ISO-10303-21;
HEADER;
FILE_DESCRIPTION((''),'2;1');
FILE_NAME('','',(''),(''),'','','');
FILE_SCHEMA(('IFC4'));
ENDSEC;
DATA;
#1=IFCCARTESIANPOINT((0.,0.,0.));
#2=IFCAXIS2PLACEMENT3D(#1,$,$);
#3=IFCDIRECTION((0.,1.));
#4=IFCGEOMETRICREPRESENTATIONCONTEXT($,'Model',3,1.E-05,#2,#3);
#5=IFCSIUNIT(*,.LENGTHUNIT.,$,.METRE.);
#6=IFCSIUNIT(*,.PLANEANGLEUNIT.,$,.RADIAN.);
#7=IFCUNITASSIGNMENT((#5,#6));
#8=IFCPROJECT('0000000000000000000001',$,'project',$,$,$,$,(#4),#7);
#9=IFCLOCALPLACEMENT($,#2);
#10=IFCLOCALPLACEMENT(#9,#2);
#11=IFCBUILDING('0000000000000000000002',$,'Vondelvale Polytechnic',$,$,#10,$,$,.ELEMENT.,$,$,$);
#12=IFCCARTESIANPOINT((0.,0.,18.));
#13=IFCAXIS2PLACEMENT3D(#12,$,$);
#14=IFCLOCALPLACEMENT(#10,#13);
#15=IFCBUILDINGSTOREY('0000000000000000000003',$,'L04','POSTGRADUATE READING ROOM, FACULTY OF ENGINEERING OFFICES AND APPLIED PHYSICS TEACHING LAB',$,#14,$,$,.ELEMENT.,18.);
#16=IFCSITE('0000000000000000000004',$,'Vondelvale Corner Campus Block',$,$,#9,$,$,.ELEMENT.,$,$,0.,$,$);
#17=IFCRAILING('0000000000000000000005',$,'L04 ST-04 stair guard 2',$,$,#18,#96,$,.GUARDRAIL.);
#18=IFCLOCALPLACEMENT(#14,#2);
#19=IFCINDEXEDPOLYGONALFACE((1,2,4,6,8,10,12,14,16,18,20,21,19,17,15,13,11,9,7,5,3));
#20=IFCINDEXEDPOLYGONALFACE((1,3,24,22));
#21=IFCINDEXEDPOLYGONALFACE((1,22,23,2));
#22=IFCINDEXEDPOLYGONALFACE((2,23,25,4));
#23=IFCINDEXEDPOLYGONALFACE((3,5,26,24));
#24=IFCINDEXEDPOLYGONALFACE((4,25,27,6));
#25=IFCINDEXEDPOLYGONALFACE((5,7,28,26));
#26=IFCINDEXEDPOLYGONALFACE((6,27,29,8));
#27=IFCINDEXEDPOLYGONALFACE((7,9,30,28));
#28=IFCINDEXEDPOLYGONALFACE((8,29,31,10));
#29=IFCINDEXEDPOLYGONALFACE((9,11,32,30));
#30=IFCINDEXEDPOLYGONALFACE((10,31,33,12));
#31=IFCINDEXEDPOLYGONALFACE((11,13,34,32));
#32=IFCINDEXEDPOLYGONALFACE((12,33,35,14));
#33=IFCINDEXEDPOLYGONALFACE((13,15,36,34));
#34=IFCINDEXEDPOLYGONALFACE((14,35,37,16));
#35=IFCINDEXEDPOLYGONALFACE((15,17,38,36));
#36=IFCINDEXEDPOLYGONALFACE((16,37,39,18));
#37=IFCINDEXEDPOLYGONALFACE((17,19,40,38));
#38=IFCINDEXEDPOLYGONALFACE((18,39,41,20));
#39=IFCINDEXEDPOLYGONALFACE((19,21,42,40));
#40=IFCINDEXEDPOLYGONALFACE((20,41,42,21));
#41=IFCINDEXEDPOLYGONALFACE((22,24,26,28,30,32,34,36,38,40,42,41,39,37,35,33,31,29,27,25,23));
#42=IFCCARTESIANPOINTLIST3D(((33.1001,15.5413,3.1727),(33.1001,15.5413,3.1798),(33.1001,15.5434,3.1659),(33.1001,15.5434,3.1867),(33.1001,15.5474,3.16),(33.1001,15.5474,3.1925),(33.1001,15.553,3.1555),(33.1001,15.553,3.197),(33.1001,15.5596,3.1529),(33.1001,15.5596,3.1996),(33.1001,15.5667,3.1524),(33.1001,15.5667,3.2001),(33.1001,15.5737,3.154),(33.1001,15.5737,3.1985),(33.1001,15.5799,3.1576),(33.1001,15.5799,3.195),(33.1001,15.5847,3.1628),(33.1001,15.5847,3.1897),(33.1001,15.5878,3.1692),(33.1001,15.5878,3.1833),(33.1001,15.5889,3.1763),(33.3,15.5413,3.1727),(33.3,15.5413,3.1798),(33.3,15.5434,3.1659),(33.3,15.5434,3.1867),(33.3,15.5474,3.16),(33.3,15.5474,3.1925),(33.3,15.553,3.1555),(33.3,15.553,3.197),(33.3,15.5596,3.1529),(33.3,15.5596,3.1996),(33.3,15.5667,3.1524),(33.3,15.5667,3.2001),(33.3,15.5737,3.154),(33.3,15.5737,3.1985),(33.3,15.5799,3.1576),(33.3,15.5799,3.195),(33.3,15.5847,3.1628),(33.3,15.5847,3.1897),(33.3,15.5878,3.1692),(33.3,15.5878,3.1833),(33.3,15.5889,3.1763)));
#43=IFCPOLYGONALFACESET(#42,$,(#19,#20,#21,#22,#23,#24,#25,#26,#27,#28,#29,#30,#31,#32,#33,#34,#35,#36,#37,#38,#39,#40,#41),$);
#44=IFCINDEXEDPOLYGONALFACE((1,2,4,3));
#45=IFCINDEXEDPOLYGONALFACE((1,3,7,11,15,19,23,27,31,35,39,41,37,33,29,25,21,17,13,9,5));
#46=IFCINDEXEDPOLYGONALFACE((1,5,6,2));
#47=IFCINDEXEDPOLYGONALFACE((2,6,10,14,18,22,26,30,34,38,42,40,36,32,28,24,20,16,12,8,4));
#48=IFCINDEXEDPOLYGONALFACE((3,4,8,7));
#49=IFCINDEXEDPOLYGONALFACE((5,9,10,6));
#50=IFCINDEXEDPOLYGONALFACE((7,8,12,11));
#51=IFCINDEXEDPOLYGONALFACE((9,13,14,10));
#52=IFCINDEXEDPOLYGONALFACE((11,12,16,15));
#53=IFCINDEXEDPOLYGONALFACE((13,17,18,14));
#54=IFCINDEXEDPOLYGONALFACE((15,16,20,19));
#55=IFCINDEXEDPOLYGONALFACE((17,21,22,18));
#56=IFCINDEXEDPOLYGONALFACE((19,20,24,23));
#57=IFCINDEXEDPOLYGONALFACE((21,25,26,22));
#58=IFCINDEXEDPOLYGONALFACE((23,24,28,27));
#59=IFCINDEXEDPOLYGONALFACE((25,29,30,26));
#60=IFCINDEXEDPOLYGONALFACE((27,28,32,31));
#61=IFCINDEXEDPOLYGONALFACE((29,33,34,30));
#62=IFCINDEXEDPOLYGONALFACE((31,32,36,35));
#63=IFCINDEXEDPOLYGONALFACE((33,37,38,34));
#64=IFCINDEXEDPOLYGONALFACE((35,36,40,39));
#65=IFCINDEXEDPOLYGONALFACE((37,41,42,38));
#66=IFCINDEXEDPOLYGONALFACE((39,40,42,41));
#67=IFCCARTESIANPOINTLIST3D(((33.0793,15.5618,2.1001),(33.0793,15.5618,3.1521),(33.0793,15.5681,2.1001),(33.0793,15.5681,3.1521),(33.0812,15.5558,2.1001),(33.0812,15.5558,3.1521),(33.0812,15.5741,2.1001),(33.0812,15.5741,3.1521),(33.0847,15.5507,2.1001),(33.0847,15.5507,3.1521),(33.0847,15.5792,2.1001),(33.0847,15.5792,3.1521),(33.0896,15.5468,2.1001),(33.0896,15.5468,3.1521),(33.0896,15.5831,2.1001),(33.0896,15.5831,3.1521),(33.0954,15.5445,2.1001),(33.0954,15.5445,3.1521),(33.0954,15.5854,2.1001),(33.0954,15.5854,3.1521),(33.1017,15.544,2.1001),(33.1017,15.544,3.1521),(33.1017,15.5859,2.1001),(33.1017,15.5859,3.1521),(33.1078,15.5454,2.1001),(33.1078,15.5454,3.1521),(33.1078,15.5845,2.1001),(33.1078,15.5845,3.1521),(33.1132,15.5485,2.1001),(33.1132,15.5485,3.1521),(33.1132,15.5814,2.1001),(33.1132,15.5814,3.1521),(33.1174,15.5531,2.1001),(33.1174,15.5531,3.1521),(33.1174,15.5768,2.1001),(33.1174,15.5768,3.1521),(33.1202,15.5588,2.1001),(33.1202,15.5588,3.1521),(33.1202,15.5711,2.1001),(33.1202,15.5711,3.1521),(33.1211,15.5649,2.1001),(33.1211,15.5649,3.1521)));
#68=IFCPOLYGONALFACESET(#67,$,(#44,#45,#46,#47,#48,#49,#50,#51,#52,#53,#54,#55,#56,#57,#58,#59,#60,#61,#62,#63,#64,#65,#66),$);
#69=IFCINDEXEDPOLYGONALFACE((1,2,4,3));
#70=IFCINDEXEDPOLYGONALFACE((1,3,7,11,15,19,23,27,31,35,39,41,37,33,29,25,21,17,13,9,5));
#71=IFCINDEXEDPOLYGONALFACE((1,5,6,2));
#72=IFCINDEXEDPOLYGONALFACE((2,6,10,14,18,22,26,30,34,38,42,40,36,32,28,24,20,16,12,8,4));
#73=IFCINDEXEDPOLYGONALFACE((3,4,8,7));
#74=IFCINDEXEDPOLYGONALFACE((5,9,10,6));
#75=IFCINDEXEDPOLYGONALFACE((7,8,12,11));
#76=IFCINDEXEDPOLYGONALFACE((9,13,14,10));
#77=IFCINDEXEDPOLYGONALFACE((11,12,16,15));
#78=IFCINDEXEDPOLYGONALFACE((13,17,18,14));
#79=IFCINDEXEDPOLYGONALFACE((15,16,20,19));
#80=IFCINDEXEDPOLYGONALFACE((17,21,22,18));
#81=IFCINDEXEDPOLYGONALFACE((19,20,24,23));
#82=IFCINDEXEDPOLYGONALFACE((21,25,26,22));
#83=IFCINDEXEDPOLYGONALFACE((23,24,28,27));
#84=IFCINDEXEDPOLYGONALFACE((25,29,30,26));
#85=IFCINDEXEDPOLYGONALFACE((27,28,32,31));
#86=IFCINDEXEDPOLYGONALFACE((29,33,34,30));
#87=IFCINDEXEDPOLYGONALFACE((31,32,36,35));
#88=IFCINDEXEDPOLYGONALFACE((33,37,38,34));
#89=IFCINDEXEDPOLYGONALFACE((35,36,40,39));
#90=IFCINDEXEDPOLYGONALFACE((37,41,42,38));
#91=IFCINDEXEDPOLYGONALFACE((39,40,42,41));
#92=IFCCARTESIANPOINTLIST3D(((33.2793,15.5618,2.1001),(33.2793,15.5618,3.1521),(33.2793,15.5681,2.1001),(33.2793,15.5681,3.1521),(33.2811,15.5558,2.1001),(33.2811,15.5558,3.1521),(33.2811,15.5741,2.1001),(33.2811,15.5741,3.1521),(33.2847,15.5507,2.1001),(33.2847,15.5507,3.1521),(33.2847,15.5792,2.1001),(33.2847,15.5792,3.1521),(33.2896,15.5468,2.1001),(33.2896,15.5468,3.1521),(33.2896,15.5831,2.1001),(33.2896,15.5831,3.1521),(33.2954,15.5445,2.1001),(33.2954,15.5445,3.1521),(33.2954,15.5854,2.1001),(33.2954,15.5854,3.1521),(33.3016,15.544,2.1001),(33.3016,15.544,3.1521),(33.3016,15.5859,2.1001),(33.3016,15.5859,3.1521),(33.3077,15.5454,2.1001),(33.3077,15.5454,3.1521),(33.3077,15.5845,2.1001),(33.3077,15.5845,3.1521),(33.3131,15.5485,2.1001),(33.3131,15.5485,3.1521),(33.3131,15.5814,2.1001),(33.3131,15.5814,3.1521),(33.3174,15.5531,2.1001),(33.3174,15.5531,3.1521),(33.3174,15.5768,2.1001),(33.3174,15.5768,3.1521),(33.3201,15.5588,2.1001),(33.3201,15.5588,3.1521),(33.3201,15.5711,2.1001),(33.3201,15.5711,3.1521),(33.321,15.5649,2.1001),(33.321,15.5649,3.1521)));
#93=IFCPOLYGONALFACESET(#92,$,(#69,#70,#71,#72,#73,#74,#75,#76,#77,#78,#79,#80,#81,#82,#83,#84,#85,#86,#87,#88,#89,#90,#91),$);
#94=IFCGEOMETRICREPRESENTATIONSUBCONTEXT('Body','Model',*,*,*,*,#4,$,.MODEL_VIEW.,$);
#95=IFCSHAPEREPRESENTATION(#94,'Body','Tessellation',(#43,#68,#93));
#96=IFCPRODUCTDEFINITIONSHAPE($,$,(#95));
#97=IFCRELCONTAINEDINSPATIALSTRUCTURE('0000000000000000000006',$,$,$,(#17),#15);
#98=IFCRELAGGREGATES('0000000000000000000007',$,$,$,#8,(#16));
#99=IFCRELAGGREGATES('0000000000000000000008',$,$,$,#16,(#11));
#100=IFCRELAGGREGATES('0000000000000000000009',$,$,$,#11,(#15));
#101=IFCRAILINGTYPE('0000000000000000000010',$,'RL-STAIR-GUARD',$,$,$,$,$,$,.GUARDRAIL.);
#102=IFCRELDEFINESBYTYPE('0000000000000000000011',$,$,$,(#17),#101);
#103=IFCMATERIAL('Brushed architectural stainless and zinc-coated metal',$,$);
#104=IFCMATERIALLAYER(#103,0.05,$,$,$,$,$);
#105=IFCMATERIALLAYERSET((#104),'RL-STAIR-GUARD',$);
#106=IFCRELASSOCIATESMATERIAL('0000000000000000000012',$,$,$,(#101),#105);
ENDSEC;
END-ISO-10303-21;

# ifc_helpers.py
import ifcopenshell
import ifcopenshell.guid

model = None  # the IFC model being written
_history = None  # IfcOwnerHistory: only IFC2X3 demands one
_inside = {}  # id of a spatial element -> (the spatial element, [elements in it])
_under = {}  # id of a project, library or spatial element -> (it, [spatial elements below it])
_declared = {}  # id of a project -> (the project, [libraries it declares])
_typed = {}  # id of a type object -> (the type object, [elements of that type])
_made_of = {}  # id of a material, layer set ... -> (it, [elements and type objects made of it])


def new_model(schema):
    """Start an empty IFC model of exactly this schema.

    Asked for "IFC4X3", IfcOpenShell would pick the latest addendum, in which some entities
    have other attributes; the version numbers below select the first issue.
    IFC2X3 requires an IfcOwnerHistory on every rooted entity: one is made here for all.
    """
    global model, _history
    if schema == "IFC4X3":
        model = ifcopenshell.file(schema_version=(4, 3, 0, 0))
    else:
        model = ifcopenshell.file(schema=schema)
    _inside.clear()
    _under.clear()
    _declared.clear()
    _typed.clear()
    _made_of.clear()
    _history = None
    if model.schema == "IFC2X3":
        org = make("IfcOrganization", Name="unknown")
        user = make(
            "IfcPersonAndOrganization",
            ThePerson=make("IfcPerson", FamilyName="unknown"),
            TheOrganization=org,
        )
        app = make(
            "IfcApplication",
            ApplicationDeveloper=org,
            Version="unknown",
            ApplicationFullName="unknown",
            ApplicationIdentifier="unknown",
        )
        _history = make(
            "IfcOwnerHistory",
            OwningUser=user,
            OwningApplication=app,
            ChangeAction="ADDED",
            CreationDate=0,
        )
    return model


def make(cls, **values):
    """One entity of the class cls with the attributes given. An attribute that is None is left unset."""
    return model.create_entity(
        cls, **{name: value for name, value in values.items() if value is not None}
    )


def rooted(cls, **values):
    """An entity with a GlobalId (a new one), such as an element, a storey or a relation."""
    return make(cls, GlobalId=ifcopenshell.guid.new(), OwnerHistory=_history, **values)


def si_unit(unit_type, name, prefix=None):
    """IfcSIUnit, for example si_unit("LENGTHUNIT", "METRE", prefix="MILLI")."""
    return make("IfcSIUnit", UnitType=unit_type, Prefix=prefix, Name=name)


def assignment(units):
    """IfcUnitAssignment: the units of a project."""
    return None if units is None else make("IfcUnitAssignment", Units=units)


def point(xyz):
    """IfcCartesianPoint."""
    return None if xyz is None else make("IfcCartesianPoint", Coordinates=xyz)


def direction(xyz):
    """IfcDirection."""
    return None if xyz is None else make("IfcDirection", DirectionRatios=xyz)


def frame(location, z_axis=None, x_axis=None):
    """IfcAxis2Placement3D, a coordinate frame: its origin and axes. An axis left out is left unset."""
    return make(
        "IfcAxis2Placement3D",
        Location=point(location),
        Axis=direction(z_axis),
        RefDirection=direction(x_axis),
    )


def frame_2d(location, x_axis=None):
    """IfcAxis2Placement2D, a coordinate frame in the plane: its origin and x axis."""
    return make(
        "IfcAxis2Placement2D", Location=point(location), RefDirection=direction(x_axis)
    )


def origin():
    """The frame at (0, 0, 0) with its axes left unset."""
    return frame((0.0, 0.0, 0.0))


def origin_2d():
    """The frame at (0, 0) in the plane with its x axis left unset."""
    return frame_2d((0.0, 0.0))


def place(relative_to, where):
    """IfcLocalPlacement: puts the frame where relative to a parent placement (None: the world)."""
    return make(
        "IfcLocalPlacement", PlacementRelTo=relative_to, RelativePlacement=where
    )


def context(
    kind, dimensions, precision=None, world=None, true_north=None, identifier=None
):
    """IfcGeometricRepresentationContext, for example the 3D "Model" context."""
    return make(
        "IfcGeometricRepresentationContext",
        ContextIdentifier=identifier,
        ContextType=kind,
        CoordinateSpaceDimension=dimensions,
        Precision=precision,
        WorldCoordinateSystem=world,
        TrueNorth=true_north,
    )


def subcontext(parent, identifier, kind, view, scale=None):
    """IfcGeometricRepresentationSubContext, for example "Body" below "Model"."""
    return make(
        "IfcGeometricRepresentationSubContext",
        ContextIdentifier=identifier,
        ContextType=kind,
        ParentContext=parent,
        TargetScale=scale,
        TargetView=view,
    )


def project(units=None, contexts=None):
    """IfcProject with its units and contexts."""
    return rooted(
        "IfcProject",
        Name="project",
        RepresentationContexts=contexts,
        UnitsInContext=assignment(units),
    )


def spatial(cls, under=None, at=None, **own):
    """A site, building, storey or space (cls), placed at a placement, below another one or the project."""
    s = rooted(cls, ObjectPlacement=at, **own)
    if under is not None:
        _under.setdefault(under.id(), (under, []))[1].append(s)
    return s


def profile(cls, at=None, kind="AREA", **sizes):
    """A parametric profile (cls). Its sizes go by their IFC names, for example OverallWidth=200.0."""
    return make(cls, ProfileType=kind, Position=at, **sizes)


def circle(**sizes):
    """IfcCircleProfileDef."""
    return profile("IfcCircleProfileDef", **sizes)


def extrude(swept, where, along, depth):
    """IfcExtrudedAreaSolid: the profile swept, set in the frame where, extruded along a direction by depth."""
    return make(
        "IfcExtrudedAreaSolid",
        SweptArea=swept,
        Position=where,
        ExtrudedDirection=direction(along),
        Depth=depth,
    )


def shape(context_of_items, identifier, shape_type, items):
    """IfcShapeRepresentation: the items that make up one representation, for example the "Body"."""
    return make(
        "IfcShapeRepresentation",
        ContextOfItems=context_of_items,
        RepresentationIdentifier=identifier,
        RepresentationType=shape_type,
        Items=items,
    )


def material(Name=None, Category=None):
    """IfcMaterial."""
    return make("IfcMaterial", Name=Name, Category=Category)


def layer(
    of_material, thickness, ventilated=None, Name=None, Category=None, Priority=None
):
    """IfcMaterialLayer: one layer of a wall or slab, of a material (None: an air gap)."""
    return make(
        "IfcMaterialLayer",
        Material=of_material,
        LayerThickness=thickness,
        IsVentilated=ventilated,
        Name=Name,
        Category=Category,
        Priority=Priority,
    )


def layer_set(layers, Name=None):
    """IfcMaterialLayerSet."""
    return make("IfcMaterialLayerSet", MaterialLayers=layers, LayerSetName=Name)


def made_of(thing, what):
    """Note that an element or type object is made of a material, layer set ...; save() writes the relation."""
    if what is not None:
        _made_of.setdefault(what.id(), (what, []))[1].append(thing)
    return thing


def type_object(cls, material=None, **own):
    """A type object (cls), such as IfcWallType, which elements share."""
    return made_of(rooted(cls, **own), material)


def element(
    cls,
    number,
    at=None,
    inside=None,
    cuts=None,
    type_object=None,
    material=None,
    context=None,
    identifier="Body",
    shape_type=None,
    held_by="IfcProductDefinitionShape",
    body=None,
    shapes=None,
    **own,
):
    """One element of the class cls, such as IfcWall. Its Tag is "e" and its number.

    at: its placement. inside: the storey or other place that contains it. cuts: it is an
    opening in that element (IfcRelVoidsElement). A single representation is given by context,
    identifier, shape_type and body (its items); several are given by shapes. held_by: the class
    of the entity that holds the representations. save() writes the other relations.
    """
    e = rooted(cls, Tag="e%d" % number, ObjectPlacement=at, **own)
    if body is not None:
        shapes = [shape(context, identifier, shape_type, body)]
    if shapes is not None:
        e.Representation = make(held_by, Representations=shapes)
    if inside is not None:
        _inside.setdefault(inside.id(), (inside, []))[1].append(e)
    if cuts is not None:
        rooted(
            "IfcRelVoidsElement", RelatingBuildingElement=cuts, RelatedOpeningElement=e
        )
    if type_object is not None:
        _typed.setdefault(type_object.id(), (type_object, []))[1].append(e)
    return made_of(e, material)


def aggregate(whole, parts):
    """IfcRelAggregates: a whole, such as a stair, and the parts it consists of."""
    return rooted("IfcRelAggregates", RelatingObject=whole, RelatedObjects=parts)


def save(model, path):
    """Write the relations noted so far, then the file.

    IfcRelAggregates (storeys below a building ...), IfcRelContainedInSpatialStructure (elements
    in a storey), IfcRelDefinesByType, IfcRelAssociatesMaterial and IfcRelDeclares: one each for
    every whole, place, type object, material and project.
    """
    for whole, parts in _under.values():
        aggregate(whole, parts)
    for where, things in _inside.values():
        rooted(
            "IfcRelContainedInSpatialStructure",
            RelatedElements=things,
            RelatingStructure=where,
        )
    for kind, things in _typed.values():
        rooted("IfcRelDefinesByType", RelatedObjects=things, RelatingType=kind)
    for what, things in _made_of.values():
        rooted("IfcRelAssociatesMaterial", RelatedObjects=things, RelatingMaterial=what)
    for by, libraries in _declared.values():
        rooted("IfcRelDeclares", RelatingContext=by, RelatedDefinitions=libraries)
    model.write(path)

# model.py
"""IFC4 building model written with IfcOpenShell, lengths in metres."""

from ifc_helpers import new_model, si_unit, direction, frame, origin, origin_2d, place, context, subcontext, project, spatial, circle, extrude, material, layer, layer_set, type_object, element, save


model = new_model("IFC4")

# Units and contexts
model_context = context("Model", 3, precision=1e-05, world=origin(), true_north=direction((0.0, 1.0)))
body_context = subcontext(model_context, "Body", "Model", "MODEL_VIEW")
ifc_project = project(units=[si_unit("LENGTHUNIT", "METRE"), si_unit("PLANEANGLEUNIT", "RADIAN")], contexts=[model_context])

# Site, building, storey
site_placement = place(None, origin())
site = spatial("IfcSite", under=ifc_project, at=site_placement, Name="Vondelvale Corner Campus Block", CompositionType="ELEMENT", RefElevation=0.0)
building_placement = place(site_placement, origin())
building = spatial("IfcBuilding", under=site, at=building_placement, Name="Vondelvale Polytechnic", CompositionType="ELEMENT")
storey_placement = place(building_placement, frame((0.0, 0.0, 18.0)))
storey = spatial("IfcBuildingStorey", under=building, at=storey_placement, Name="L04", Description="POSTGRADUATE READING ROOM, FACULTY OF ENGINEERING OFFICES AND APPLIED PHYSICS TEACHING LAB", CompositionType="ELEMENT", Elevation=18.0)

# Shared definitions
ifc_material_1 = material(Name="Brushed architectural stainless and zinc-coated metal")

# Railing
ifc_layer_1 = layer(ifc_material_1, 0.05)
ifc_layer_set_1 = layer_set([ifc_layer_1], Name="RL-STAIR-GUARD")
railing_type = type_object("IfcRailingType", Name="RL-STAIR-GUARD", PredefinedType="GUARDRAIL", material=ifc_layer_set_1)
railing_1_placement = place(storey_placement, frame((33.1001, 15.5649, 2.1001)))
element("IfcRailing", 1, at=railing_1_placement, inside=storey, type_object=railing_type, Name="L04 ST-04 stair guard 2", PredefinedType="GUARDRAIL", context=body_context, shape_type="SweptSolid", body=[
    extrude(circle(Radius=0.0239, at=origin_2d()), frame((0.0, 0.0, 1.0762), z_axis=(1.0, 0.0, 0.0), x_axis=(0.0, 1.0, 0.0)), (0.0, 0.0, 1.0), 0.2),
    extrude(circle(Radius=0.021, at=origin_2d()), origin(), (0.0, 0.0, 1.0), 1.052),
    extrude(circle(Radius=0.021, at=origin_2d()), frame((0.2, 0.0, 0.0)), (0.0, 0.0, 1.0), 1.052),
])

save(model, "model.ifc")
